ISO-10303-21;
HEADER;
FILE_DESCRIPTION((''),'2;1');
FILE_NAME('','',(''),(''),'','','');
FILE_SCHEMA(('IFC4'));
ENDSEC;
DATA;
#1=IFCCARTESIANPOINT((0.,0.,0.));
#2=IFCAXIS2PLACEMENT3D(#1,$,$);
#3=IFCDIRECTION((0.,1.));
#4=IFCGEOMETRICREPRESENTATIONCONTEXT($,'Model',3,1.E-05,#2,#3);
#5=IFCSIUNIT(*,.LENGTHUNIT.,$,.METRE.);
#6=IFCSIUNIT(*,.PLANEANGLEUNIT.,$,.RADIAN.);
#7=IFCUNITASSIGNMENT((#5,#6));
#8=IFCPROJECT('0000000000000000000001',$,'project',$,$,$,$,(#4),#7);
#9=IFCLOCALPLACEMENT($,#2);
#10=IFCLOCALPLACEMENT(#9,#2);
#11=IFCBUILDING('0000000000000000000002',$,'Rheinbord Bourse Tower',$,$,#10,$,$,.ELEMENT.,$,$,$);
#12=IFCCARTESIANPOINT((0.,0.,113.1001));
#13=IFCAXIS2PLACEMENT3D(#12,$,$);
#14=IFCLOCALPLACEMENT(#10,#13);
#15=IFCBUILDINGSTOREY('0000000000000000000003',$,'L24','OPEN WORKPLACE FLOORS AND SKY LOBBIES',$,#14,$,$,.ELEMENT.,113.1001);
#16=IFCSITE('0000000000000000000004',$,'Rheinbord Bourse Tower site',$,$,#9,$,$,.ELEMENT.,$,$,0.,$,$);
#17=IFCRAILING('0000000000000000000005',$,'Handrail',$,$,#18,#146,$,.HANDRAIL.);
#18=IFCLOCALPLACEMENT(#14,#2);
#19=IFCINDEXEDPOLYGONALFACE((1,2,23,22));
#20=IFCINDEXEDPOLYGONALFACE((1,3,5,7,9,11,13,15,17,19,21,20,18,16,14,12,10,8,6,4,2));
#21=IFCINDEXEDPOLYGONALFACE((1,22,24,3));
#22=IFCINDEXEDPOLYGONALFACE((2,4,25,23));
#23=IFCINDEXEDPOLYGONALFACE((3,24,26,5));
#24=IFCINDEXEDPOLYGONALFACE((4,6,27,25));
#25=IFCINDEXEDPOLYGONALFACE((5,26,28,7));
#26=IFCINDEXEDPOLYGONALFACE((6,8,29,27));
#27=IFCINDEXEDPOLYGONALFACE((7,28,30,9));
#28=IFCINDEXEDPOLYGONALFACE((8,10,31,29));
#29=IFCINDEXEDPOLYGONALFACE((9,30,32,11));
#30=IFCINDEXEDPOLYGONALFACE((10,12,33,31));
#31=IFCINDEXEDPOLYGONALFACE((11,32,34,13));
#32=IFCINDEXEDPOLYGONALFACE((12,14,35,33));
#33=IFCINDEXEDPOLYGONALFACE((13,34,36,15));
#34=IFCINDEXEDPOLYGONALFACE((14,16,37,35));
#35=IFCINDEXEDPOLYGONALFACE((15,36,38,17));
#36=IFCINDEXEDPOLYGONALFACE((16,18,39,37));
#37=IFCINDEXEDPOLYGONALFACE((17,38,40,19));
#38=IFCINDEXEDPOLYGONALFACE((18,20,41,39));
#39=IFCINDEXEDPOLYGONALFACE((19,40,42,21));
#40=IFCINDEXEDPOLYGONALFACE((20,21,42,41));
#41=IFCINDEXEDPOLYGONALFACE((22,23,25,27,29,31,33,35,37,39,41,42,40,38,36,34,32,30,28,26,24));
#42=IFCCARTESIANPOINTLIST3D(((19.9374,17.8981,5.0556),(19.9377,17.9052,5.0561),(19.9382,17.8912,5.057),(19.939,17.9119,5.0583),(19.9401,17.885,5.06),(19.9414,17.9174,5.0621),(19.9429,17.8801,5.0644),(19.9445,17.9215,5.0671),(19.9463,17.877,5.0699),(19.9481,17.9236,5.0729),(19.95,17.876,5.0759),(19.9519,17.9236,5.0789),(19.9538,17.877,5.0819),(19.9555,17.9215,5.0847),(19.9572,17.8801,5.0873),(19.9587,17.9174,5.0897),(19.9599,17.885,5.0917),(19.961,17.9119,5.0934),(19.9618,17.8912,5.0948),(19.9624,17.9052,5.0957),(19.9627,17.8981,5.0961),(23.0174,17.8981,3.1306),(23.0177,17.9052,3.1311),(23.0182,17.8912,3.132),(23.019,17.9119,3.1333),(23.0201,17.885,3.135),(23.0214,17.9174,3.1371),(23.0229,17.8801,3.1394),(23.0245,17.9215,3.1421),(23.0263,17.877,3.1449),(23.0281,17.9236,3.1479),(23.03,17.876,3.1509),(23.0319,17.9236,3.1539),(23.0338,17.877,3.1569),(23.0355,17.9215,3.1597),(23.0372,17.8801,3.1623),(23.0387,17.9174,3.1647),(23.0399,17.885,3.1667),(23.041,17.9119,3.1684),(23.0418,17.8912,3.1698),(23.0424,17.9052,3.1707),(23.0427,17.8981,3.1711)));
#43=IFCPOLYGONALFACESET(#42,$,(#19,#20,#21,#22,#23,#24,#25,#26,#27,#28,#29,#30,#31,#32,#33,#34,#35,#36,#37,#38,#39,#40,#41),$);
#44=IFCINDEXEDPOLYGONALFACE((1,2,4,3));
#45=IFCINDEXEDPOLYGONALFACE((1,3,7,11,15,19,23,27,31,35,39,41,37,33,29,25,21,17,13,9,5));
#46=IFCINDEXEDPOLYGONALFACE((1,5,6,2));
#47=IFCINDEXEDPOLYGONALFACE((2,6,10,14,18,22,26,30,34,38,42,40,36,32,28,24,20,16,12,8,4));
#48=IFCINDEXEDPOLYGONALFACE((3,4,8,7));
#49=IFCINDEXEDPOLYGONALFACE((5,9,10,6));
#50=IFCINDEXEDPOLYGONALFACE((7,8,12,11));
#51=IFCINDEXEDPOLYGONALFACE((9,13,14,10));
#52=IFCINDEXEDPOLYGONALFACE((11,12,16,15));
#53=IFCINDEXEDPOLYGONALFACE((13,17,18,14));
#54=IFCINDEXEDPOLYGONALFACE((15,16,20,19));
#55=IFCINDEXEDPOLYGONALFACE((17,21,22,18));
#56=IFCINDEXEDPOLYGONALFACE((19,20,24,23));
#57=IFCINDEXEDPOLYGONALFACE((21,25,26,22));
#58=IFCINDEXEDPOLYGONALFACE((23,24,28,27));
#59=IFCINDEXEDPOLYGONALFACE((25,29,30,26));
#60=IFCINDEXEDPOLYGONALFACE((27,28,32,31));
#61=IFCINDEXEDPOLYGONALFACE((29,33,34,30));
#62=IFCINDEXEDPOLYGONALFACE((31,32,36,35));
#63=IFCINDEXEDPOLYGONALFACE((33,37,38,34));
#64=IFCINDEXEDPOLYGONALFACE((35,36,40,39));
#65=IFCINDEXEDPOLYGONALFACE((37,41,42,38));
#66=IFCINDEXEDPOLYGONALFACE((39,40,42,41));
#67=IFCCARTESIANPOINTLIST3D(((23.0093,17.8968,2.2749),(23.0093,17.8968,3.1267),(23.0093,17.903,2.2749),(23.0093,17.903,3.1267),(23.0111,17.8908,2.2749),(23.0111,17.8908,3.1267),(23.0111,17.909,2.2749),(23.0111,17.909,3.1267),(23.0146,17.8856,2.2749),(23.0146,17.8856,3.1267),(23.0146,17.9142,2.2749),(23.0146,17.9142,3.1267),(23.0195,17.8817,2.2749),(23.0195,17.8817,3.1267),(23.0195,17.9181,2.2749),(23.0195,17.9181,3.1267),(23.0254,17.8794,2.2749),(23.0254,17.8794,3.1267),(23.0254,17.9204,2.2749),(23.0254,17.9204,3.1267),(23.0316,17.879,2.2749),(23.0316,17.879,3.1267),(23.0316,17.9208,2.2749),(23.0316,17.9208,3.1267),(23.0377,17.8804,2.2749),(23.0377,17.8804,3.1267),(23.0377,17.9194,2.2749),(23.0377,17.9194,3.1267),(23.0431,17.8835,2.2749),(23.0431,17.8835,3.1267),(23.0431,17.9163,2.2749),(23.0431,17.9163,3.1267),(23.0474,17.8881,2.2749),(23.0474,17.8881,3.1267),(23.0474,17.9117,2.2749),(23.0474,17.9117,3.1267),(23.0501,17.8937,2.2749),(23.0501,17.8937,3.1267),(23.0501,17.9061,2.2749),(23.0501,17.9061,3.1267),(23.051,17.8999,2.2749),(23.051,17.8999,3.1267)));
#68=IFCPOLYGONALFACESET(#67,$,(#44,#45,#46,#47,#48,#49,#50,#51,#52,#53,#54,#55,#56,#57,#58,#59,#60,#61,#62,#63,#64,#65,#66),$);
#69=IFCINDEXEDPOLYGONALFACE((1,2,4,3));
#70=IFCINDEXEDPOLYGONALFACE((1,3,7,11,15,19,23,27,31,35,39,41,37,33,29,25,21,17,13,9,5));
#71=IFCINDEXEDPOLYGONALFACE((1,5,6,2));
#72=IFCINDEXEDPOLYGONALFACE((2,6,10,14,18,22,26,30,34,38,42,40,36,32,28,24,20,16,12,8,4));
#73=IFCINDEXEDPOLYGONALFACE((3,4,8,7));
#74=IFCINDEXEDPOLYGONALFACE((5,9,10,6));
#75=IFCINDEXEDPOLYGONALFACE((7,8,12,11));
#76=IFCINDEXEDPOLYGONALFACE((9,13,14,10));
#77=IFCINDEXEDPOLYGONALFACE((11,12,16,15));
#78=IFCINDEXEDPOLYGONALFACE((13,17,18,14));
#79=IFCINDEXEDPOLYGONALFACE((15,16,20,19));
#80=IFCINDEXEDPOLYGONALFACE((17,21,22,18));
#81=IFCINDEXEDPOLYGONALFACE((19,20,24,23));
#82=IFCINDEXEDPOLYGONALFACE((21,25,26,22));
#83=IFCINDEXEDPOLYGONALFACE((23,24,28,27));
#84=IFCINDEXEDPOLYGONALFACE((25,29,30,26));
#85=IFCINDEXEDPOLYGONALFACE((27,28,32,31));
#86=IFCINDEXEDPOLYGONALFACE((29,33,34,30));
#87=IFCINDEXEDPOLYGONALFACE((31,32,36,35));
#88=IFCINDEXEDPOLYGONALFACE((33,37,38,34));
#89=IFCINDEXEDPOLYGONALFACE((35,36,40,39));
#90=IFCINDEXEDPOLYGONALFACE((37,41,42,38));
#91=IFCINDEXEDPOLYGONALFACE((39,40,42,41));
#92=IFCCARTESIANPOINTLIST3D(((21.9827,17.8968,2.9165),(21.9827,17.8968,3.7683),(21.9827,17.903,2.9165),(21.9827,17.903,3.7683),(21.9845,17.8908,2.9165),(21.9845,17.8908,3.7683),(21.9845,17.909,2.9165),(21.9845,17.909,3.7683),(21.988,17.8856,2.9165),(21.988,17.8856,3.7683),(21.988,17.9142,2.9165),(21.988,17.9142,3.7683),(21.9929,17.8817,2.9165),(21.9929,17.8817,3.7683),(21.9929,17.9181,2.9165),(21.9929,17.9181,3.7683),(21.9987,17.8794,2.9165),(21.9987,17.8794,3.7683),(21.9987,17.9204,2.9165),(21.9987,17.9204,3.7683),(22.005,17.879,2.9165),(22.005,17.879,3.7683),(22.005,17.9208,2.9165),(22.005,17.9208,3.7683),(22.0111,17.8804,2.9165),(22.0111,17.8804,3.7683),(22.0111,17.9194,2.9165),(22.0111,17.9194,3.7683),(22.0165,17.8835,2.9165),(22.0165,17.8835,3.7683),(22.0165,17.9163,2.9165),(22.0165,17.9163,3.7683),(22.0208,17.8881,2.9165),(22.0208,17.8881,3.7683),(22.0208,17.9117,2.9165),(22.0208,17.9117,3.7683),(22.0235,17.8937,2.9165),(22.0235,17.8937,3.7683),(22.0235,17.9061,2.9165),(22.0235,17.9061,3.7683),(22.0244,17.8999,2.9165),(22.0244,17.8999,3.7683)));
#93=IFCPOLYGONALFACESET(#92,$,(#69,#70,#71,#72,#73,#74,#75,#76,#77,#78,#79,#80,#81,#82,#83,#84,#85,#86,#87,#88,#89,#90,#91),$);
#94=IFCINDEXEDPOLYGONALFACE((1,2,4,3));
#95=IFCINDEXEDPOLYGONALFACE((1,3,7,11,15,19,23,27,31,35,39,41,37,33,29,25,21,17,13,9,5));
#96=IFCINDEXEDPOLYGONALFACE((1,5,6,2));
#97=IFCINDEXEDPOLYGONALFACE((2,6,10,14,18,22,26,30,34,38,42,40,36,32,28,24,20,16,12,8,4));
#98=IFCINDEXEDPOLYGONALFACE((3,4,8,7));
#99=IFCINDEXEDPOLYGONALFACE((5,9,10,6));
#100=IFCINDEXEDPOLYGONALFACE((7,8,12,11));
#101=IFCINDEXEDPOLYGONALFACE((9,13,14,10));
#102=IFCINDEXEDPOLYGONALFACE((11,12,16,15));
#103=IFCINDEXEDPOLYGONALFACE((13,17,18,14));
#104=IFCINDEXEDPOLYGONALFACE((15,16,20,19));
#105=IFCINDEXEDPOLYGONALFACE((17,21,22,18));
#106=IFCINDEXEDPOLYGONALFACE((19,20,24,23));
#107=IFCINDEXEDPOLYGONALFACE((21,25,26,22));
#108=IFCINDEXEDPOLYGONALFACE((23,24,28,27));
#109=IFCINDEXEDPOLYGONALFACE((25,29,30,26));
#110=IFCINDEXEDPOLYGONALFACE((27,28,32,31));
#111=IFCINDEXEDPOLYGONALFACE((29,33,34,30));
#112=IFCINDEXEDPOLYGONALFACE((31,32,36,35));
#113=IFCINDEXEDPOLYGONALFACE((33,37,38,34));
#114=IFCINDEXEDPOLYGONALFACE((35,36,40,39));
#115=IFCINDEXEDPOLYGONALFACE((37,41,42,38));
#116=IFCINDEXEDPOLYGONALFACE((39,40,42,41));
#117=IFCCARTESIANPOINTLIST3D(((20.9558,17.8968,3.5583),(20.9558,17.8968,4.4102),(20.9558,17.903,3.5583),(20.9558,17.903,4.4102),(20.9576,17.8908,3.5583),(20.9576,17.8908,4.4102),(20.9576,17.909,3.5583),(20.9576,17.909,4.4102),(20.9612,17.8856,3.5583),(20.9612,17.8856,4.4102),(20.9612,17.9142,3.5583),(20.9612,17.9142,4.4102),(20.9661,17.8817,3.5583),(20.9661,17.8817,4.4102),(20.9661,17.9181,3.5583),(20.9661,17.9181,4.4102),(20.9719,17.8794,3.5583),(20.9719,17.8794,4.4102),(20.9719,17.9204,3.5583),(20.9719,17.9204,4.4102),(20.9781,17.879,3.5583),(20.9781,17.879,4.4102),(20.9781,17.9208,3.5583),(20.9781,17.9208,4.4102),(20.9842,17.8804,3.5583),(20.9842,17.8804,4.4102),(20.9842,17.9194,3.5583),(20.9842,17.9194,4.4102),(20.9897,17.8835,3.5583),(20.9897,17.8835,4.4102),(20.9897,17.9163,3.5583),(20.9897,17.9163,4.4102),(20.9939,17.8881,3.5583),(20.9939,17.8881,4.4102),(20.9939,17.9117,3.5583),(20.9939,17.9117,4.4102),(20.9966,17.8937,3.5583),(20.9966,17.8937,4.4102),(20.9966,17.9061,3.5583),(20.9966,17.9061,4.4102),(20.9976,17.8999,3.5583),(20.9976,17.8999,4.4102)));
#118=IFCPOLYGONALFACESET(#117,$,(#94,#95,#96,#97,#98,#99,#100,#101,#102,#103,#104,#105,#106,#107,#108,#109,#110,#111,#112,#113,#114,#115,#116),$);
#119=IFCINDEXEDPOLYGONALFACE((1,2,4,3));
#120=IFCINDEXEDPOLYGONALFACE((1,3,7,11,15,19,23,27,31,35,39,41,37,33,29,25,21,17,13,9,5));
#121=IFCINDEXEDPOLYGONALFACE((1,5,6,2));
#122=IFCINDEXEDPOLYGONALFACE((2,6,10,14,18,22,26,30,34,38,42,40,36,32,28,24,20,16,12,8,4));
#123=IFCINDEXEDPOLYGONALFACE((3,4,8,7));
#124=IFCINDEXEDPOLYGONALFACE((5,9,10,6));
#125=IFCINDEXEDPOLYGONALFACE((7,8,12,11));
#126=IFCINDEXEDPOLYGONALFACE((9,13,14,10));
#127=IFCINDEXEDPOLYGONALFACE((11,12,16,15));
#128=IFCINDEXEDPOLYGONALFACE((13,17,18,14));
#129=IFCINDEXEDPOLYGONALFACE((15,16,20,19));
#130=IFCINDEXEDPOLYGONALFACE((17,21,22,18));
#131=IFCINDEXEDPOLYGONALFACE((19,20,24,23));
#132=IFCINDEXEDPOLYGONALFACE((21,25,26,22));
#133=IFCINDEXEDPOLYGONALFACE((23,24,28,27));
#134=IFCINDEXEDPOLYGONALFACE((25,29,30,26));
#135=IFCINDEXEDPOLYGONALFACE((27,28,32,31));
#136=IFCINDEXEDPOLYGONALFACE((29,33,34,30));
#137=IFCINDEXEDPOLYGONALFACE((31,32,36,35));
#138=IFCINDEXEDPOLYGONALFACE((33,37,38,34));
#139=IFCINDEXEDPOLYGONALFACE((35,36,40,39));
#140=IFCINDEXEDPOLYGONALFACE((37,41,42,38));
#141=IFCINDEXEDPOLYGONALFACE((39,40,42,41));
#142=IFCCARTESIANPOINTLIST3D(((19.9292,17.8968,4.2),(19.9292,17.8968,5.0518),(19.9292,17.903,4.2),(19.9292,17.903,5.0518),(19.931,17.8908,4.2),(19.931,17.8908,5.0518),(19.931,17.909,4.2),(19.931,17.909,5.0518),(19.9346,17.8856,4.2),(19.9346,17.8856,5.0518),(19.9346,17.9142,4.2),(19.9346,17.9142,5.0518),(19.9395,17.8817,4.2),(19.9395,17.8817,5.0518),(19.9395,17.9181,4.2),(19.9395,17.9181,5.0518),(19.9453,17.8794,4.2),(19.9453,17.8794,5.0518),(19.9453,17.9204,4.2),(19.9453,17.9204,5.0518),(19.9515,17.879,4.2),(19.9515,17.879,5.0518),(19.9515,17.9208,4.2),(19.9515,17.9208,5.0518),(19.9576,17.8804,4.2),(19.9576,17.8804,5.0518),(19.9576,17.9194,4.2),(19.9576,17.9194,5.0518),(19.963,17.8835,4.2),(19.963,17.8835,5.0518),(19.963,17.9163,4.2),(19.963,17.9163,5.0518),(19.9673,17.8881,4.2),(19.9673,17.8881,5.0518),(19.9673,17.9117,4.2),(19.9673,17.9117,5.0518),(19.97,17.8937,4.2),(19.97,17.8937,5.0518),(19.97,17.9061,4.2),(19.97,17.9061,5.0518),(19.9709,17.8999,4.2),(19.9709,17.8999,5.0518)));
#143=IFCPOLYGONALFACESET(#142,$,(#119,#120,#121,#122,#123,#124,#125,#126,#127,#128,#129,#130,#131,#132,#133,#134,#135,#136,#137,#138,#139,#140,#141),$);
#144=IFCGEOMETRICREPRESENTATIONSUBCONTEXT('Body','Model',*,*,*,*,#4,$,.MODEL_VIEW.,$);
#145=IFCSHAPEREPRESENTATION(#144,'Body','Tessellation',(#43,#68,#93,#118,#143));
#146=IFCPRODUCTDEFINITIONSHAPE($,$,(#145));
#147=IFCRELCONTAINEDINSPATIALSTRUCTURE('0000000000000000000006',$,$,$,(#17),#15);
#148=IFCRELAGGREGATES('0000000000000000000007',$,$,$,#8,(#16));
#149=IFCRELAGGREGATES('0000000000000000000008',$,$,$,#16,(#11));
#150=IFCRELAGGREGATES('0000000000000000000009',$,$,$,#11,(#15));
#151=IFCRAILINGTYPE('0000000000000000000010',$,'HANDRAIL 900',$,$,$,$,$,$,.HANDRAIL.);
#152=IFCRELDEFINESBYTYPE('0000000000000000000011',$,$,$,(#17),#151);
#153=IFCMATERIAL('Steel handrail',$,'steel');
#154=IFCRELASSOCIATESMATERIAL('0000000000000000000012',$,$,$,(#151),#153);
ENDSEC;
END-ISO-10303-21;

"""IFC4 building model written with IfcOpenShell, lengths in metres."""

from ifc_helpers import new_model, si_unit, direction, frame, origin, origin_2d, place, context, subcontext, project, spatial, circle, extrude, material, type_object, element, save


model = new_model("IFC4")

# Units and contexts
model_context = context("Model", 3, precision=1e-05, world=origin(), true_north=direction((0.0, 1.0)))
body_context = subcontext(model_context, "Body", "Model", "MODEL_VIEW")
ifc_project = project(units=[si_unit("LENGTHUNIT", "METRE"), si_unit("PLANEANGLEUNIT", "RADIAN")], contexts=[model_context])

# Site, building, storey
site_placement = place(None, origin())
site = spatial("IfcSite", under=ifc_project, at=site_placement, Name="Rheinbord Bourse Tower site", CompositionType="ELEMENT", RefElevation=0.0)
building_placement = place(site_placement, origin())
building = spatial("IfcBuilding", under=site, at=building_placement, Name="Rheinbord Bourse Tower", CompositionType="ELEMENT")
storey_placement = place(building_placement, frame((0.0, 0.0, 113.1001)))
storey = spatial("IfcBuildingStorey", under=building, at=storey_placement, Name="L24", Description="OPEN WORKPLACE FLOORS AND SKY LOBBIES", CompositionType="ELEMENT", Elevation=113.1001)

# Railing
ifc_material_1 = material(Name="Steel handrail", Category="steel")
railing_type = type_object("IfcRailingType", Name="HANDRAIL 900", PredefinedType="HANDRAIL", material=ifc_material_1)
railing_1_placement = place(storey_placement, frame((23.03, 17.8999, 2.2749)))
element("IfcRailing", 1, at=railing_1_placement, inside=storey, type_object=railing_type, Name="Handrail", PredefinedType="HANDRAIL", context=body_context, shape_type="SweptSolid", body=[
    extrude(circle(Radius=0.0239, at=origin_2d()), frame((0.0, 0.0, 0.876), z_axis=(-0.847998, 0.0, 0.529999), x_axis=(0.0, -1.0, 0.0)), (0.0, 0.0, 1.0), 3.6321),
    extrude(circle(Radius=0.021, at=origin_2d()), origin(), (0.0, 0.0, 1.0), 0.8518),
    extrude(circle(Radius=0.021, at=origin_2d()), frame((-1.0266, 0.0, 0.6416)), (0.0, 0.0, 1.0), 0.8518),
    extrude(circle(Radius=0.021, at=origin_2d()), frame((-2.0535, 0.0, 1.2834)), (0.0, 0.0, 1.0), 0.8518),
    extrude(circle(Radius=0.021, at=origin_2d()), frame((-3.0801, 0.0, 1.925)), (0.0, 0.0, 1.0), 0.8518),
])

save(model, "model.ifc")
